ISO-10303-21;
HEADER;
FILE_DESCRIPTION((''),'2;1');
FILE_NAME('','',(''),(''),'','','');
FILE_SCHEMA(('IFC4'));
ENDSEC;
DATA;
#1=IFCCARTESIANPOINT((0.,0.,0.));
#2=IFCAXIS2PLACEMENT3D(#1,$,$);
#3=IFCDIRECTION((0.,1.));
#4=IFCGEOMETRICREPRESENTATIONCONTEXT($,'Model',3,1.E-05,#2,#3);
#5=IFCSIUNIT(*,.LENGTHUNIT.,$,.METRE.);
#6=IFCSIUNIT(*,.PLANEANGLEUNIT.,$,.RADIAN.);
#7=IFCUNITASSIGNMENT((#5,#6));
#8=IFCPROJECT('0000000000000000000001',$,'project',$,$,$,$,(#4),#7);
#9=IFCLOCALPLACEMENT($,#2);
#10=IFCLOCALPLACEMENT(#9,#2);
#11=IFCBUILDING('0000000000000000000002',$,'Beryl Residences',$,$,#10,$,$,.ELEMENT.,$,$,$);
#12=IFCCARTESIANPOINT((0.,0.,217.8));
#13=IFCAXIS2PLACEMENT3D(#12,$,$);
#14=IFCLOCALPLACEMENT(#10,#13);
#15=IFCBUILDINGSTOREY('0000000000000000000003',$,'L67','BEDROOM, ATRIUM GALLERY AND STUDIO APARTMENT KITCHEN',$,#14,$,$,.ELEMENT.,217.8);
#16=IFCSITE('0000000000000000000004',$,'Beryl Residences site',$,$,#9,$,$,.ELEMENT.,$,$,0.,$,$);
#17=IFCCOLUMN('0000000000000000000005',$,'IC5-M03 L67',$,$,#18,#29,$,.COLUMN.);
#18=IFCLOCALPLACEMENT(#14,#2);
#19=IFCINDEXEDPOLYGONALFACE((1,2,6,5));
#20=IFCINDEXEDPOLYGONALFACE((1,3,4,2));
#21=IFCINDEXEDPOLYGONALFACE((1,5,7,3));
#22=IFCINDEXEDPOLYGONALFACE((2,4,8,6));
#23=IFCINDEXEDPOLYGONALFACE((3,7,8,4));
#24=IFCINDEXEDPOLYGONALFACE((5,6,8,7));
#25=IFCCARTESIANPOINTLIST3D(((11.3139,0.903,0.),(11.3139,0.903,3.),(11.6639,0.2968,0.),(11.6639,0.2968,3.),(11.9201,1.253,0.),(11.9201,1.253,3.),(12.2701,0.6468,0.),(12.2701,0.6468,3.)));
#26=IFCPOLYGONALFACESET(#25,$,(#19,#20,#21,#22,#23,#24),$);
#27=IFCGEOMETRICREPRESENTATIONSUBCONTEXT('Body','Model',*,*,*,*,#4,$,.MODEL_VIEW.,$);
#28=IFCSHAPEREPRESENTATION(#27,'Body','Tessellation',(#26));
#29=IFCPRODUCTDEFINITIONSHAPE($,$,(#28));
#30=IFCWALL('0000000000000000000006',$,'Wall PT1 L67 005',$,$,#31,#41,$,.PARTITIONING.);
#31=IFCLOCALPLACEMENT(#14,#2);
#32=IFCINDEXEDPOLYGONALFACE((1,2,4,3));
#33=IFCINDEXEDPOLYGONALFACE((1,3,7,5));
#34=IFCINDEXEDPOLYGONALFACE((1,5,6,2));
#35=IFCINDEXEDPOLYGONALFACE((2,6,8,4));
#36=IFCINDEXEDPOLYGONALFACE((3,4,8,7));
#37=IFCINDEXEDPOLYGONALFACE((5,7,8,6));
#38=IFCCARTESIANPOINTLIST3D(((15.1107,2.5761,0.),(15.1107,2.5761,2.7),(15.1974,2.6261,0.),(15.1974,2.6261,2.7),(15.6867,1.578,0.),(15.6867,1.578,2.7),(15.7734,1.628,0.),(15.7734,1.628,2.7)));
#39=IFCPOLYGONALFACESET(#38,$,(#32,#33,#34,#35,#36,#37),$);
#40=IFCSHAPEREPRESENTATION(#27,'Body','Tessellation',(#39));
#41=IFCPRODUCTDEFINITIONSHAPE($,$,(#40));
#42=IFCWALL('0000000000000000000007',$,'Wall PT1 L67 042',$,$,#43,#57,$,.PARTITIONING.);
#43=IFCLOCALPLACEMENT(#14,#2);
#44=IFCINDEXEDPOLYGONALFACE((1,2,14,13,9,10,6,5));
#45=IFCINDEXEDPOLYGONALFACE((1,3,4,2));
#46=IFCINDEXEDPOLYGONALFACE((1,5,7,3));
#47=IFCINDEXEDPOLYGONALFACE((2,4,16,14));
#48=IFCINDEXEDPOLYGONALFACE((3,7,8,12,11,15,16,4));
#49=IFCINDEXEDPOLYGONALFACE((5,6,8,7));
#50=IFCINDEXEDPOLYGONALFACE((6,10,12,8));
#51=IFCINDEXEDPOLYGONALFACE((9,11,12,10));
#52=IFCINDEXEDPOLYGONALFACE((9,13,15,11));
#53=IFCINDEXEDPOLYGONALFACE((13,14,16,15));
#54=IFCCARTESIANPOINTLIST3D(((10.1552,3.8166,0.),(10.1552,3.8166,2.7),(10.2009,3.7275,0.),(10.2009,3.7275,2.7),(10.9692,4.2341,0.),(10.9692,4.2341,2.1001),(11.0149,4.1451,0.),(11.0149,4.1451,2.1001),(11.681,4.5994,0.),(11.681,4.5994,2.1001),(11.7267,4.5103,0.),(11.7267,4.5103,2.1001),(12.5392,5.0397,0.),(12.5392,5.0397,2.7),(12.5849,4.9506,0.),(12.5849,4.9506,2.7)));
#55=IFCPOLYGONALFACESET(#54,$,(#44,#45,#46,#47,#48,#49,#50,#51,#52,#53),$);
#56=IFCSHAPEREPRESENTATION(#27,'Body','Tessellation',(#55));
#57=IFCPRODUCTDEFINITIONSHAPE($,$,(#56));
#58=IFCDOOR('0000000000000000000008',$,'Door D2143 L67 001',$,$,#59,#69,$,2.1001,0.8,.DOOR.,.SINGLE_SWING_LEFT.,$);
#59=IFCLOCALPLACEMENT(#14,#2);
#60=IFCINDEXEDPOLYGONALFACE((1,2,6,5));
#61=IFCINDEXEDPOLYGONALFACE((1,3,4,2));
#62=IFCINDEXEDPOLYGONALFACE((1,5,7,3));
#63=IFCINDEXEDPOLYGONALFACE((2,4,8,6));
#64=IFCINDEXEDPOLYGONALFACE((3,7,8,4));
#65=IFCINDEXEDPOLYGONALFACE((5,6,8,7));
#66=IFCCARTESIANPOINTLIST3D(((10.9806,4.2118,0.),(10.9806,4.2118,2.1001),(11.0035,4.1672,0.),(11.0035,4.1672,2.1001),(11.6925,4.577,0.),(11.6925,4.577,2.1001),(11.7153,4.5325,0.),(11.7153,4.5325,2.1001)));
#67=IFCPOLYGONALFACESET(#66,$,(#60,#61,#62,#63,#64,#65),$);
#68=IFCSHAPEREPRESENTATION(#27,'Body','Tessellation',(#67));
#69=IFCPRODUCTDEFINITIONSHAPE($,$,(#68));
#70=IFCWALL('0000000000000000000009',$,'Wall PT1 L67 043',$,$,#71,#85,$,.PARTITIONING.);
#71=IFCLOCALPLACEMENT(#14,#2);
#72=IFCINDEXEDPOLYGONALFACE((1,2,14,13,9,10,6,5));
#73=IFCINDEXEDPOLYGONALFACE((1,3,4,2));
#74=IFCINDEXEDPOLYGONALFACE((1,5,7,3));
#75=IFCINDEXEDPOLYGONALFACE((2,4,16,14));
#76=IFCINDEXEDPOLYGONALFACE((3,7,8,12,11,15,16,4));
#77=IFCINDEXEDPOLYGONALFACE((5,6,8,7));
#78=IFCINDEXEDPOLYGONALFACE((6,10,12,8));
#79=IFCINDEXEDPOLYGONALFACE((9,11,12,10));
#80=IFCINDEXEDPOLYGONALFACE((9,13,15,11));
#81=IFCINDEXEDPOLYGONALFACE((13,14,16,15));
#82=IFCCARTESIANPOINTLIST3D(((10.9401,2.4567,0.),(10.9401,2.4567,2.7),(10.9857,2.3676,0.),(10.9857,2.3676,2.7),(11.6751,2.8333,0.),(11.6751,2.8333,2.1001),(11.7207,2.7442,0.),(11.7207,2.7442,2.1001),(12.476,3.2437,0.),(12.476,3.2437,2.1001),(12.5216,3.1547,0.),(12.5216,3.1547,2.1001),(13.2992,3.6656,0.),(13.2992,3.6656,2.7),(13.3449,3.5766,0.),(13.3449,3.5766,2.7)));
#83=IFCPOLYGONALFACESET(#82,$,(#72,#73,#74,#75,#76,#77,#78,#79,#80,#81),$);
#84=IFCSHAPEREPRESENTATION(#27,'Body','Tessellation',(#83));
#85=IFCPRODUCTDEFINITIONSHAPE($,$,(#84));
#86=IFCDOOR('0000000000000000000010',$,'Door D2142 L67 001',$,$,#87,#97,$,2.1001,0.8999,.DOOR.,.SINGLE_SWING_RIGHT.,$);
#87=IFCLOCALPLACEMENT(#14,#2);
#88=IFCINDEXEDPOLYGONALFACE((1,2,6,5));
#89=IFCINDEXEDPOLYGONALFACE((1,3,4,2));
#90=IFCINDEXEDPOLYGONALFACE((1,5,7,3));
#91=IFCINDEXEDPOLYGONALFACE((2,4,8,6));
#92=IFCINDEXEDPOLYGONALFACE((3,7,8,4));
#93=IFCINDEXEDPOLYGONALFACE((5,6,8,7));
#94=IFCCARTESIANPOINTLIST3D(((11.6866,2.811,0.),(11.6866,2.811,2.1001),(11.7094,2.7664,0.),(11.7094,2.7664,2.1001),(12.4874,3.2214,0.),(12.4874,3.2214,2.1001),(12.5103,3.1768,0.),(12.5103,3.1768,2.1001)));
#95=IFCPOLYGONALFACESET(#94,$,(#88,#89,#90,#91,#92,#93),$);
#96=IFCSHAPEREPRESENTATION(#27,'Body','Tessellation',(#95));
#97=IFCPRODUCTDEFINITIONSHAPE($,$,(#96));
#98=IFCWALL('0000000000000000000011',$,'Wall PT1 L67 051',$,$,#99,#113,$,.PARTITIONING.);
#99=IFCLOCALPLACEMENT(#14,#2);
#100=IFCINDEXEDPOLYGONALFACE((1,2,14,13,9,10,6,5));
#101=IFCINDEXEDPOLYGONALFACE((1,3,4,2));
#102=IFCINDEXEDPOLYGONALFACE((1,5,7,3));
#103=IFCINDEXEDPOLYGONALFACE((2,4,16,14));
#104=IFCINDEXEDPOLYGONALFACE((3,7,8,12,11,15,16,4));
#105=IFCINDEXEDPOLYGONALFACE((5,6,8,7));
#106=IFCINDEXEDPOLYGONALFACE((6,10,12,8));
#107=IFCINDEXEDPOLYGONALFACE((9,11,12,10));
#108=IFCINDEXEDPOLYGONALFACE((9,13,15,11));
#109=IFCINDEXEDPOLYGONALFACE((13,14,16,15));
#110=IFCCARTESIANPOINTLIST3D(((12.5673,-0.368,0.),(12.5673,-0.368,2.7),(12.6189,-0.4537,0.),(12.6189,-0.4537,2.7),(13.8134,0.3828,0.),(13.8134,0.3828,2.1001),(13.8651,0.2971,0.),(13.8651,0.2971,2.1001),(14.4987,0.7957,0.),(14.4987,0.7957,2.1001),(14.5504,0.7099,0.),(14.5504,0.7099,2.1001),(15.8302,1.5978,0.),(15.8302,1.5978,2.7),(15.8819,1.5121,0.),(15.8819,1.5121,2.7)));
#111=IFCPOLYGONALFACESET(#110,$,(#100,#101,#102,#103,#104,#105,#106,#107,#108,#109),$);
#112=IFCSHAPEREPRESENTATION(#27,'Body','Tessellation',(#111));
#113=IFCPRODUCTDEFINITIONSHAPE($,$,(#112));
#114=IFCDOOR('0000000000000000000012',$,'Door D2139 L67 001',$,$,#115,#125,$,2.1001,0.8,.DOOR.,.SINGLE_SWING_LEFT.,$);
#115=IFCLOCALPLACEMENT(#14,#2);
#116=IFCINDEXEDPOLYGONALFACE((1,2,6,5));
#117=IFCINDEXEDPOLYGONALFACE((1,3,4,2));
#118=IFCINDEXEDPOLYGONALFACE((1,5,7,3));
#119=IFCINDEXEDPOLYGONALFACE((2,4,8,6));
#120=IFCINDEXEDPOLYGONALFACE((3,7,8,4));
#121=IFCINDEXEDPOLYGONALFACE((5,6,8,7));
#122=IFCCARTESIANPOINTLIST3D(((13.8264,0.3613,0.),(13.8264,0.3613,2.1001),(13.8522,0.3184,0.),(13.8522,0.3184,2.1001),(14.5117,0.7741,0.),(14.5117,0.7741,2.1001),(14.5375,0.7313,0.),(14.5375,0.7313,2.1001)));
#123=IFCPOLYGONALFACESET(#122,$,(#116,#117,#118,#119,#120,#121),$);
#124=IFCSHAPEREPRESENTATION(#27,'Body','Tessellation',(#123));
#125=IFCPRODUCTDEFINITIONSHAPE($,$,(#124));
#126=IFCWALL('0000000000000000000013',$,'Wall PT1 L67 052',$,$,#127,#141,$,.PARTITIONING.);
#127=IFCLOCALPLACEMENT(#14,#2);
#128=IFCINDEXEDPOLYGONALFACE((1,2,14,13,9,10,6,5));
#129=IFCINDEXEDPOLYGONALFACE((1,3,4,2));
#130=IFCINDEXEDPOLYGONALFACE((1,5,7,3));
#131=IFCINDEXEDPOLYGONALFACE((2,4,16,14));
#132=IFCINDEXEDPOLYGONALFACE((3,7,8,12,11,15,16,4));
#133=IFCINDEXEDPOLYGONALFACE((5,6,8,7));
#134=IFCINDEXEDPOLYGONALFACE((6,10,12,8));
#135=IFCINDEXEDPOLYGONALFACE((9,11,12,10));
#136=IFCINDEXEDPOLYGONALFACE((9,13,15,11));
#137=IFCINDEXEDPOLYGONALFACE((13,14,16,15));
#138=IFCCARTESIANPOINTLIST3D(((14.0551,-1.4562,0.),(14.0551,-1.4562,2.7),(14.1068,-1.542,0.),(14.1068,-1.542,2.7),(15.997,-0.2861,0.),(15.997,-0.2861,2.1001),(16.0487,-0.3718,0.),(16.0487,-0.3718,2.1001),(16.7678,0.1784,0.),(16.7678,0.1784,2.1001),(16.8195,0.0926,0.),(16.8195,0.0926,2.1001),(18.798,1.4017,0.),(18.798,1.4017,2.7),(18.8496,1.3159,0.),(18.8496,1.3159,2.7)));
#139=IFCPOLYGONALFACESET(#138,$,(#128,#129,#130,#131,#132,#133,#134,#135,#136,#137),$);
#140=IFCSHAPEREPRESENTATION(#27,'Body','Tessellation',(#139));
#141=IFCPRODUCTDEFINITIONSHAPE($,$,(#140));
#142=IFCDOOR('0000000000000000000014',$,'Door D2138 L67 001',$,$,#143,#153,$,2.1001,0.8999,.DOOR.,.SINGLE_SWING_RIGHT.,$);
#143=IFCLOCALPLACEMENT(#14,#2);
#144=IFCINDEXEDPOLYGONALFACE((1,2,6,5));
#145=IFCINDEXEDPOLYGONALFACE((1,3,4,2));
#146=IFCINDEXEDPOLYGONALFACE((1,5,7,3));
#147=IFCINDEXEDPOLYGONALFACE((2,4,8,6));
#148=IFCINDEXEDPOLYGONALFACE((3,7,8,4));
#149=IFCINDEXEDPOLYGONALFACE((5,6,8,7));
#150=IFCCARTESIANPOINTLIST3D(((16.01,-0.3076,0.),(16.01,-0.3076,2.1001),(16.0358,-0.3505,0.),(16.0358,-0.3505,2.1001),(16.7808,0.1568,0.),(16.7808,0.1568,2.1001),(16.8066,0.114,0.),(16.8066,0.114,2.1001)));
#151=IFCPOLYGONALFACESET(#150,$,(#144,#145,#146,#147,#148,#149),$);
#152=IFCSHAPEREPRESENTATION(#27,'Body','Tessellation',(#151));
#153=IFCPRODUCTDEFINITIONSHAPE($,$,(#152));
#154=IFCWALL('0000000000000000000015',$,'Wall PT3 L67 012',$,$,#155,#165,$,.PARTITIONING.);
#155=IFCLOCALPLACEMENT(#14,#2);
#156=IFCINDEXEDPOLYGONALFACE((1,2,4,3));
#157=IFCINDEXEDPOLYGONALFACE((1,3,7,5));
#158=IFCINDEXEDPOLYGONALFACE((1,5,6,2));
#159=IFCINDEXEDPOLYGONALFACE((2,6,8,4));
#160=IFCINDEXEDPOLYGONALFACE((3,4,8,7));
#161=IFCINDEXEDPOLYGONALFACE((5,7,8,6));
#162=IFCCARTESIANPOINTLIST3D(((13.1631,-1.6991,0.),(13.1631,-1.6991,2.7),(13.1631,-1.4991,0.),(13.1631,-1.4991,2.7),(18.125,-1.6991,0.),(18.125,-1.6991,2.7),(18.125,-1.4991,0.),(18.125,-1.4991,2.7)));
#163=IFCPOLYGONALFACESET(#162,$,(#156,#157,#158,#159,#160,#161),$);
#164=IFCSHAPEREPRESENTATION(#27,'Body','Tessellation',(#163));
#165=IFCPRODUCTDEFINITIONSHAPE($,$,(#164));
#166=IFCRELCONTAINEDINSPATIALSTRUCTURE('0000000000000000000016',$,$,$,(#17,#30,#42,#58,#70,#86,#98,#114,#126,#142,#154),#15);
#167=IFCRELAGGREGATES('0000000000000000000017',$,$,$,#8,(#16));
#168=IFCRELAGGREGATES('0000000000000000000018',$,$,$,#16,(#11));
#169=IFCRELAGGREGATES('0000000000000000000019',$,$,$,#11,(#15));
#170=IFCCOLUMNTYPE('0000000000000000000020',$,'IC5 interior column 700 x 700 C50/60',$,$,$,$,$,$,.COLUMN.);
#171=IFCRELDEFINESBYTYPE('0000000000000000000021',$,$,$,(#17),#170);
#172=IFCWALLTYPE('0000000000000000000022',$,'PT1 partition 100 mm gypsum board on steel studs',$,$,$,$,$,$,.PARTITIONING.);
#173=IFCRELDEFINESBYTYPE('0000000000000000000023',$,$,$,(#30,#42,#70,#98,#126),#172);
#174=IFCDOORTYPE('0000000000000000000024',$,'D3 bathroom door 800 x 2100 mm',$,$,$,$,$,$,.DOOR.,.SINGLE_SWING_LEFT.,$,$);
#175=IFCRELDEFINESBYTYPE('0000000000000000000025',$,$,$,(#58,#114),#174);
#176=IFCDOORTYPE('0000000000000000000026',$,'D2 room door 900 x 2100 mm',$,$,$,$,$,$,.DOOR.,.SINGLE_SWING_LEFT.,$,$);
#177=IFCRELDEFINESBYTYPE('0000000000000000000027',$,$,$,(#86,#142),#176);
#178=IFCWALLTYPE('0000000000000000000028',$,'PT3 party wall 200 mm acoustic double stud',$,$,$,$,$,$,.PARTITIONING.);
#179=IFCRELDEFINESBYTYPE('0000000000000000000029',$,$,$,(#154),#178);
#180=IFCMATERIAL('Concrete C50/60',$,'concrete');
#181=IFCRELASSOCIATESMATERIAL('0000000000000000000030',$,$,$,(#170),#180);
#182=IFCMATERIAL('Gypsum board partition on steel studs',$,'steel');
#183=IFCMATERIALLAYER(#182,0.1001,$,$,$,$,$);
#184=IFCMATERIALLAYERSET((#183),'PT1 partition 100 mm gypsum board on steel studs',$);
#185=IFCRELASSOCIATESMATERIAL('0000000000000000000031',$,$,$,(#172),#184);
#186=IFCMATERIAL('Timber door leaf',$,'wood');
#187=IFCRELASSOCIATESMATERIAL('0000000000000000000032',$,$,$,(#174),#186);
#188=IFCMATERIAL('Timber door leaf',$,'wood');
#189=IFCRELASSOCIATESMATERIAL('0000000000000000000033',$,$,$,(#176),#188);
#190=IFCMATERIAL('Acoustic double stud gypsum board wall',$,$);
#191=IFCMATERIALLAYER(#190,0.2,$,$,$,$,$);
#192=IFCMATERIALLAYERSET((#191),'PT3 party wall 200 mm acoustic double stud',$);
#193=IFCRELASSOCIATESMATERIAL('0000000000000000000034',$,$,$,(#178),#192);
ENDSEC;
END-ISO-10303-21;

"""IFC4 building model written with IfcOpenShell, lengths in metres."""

from ifc_helpers import new_model, si_unit, direction, frame, frame_2d, origin, origin_2d, place, context, subcontext, project, spatial, rectangle, extrude, material, layer, layer_set, material_profile, profile_set, type_object, element, fill, save


model = new_model("IFC4")

# Units and contexts
model_context = context("Model", 3, precision=1e-05, world=origin(), true_north=direction((0.0, 1.0)))
body_context = subcontext(model_context, "Body", "Model", "MODEL_VIEW")
ifc_project = project(units=[si_unit("LENGTHUNIT", "METRE"), si_unit("PLANEANGLEUNIT", "RADIAN")], contexts=[model_context])

# Site, building, storey
site_placement = place(None, origin())
site = spatial("IfcSite", under=ifc_project, at=site_placement, Name="Beryl Residences site", CompositionType="ELEMENT", RefElevation=0.0)
building_placement = place(site_placement, origin())
building = spatial("IfcBuilding", under=site, at=building_placement, Name="Beryl Residences", CompositionType="ELEMENT")
storey_placement = place(building_placement, frame((0.0, 0.0, 217.8)))
storey = spatial("IfcBuildingStorey", under=building, at=storey_placement, Name="L67", Description="BEDROOM, ATRIUM GALLERY AND STUDIO APARTMENT KITCHEN", CompositionType="ELEMENT", Elevation=217.8)

# Column
ifc_material_1 = material(Name="Concrete C50/60", Category="concrete")
ifc_material_profile = material_profile(ifc_material_1, rectangle(XDim=0.7, YDim=0.7, at=origin_2d()))
ifc_profile_set = profile_set([ifc_material_profile], Name="Concrete C50/60")
column_type = type_object("IfcColumnType", Name="IC5 interior column 700 x 700 C50/60", PredefinedType="COLUMN", material=ifc_profile_set)
column_placement = place(storey_placement, frame((11.792, 0.7749, 0.0), z_axis=(0.0, 0.0, 1.0), x_axis=(-0.49997, 0.866043, 0.0)))
element("IfcColumn", 1, at=column_placement, inside=storey, type_object=column_type, Name="IC5-M03 L67", PredefinedType="COLUMN", context=body_context, shape_type="SweptSolid", body=[
    extrude(rectangle(XDim=0.7, YDim=0.7, at=origin_2d()), origin(), (0.0, 0.0, 1.0), 3.0),
])

# Wall
ifc_material_2 = material(Name="Gypsum board partition on steel studs", Category="steel")
ifc_layer_1 = layer(ifc_material_2, 0.1001)
ifc_layer_set_1 = layer_set([ifc_layer_1], Name="PT1 partition 100 mm gypsum board on steel studs")
wall_type_1 = type_object("IfcWallType", Name="PT1 partition 100 mm gypsum board on steel studs", PredefinedType="PARTITIONING", material=ifc_layer_set_1)
wall_1_placement = place(storey_placement, frame((15.1541, 2.6011, 0.0), z_axis=(0.0, 0.0, 1.0), x_axis=(0.499808, -0.866136, 0.0)))
element("IfcWall", 2, at=wall_1_placement, inside=storey, type_object=wall_type_1, Name="Wall PT1 L67 005", PredefinedType="PARTITIONING", context=body_context, shape_type="SweptSolid", body=[
    extrude(rectangle(XDim=1.1523, YDim=0.1001, at=frame_2d((0.5762, 0.0))), origin(), (0.0, 0.0, 1.0), 2.7),
])

# Walls, openings, doors
wall_2_placement = place(storey_placement, frame((10.178, 3.772, 0.0), z_axis=(0.0, 0.0, 1.0), x_axis=(0.889732, 0.456483, 0.0)))
wall_2 = element("IfcWall", 3, at=wall_2_placement, inside=storey, type_object=wall_type_1, Name="Wall PT1 L67 042", PredefinedType="PARTITIONING", context=body_context, shape_type="SweptSolid", body=[
    extrude(rectangle(XDim=2.6794, YDim=0.1001, at=frame_2d((1.3398, 0.0))), origin(), (0.0, 0.0, 1.0), 2.7),
])
opening_1_placement = place(wall_2_placement, frame((0.915, 0.0, 0.0)))
opening_1 = element("IfcOpeningElement", 4, at=opening_1_placement, cuts=wall_2, PredefinedType="OPENING", context=body_context, shape_type="SweptSolid", body=[
    extrude(rectangle(XDim=0.8, YDim=2.1001, at=frame_2d((0.3999, 1.05))), frame((0.0, 0.0601, 0.0), z_axis=(0.0, -1.0, 0.0), x_axis=(1.0, 0.0, 0.0)), (0.0, 0.0, 1.0), 0.1201),
])
ifc_material_3 = material(Name="Timber door leaf", Category="wood")
door_type_1 = type_object("IfcDoorType", Name="D3 bathroom door 800 x 2100 mm", OperationType="SINGLE_SWING_LEFT", PredefinedType="DOOR", material=ifc_material_3)
door_1_placement = place(opening_1_placement, origin())
door_1 = element("IfcDoor", 5, at=door_1_placement, inside=storey, type_object=door_type_1, Name="Door D2143 L67 001", OperationType="SINGLE_SWING_LEFT", OverallHeight=2.1001, OverallWidth=0.8, PredefinedType="DOOR", context=body_context, shape_type="SweptSolid", body=[
    extrude(rectangle(XDim=0.8, YDim=2.1001, at=frame_2d((0.3999, 1.05))), frame((0.0, 0.0249, 0.0), z_axis=(0.0, -1.0, 0.0), x_axis=(1.0, 0.0, 0.0)), (0.0, 0.0, 1.0), 0.05),
])
fill(opening_1, door_1)
wall_3_placement = place(storey_placement, frame((10.9629, 2.4121, 0.0), z_axis=(0.0, 0.0, 1.0), x_axis=(0.889944, 0.45607, 0.0)))
wall_3 = element("IfcWall", 6, at=wall_3_placement, inside=storey, type_object=wall_type_1, Name="Wall PT1 L67 043", PredefinedType="PARTITIONING", context=body_context, shape_type="SweptSolid", body=[
    extrude(rectangle(XDim=2.6509, YDim=0.1001, at=frame_2d((1.3254, 0.0))), origin(), (0.0, 0.0, 1.0), 2.7),
])
opening_2_placement = place(wall_3_placement, frame((0.8259, 0.0, 0.0)))
opening_2 = element("IfcOpeningElement", 7, at=opening_2_placement, cuts=wall_3, PredefinedType="OPENING", context=body_context, shape_type="SweptSolid", body=[
    extrude(rectangle(XDim=0.8999, YDim=2.1001, at=frame_2d((0.45, 1.05))), frame((0.0, 0.0601, 0.0), z_axis=(0.0, -1.0, 0.0), x_axis=(1.0, 0.0, 0.0)), (0.0, 0.0, 1.0), 0.1201),
])
ifc_material_4 = material(Name="Timber door leaf", Category="wood")
door_type_2 = type_object("IfcDoorType", Name="D2 room door 900 x 2100 mm", OperationType="SINGLE_SWING_LEFT", PredefinedType="DOOR", material=ifc_material_4)
door_2_placement = place(opening_2_placement, origin())
door_2 = element("IfcDoor", 8, at=door_2_placement, inside=storey, type_object=door_type_2, Name="Door D2142 L67 001", OperationType="SINGLE_SWING_RIGHT", OverallHeight=2.1001, OverallWidth=0.8999, PredefinedType="DOOR", context=body_context, shape_type="SweptSolid", body=[
    extrude(rectangle(XDim=0.8999, YDim=2.1001, at=frame_2d((0.45, 1.05))), frame((0.0, 0.0249, 0.0), z_axis=(0.0, -1.0, 0.0), x_axis=(1.0, 0.0, 0.0)), (0.0, 0.0, 1.0), 0.05),
])
fill(opening_2, door_2)
wall_4_placement = place(storey_placement, frame((12.593, -0.4109, 0.0), z_axis=(0.0, 0.0, 1.0), x_axis=(0.856558, 0.51605, 0.0)))
wall_4 = element("IfcWall", 9, at=wall_4_placement, inside=storey, type_object=wall_type_1, Name="Wall PT1 L67 051", PredefinedType="PARTITIONING", context=body_context, shape_type="SweptSolid", body=[
    extrude(rectangle(XDim=3.8093, YDim=0.1001, at=frame_2d((1.9048, 0.0))), origin(), (0.0, 0.0, 1.0), 2.7),
])
opening_3_placement = place(wall_4_placement, frame((1.4551, 0.0, 0.0)))
opening_3 = element("IfcOpeningElement", 10, at=opening_3_placement, cuts=wall_4, PredefinedType="OPENING", context=body_context, shape_type="SweptSolid", body=[
    extrude(rectangle(XDim=0.8, YDim=2.1001, at=frame_2d((0.3999, 1.05))), frame((0.0, 0.0601, 0.0), z_axis=(0.0, -1.0, 0.0), x_axis=(1.0, 0.0, 0.0)), (0.0, 0.0, 1.0), 0.1201),
])
door_3_placement = place(opening_3_placement, origin())
door_3 = element("IfcDoor", 11, at=door_3_placement, inside=storey, type_object=door_type_1, Name="Door D2139 L67 001", OperationType="SINGLE_SWING_LEFT", OverallHeight=2.1001, OverallWidth=0.8, PredefinedType="DOOR", context=body_context, shape_type="SweptSolid", body=[
    extrude(rectangle(XDim=0.8, YDim=2.1001, at=frame_2d((0.3999, 1.05))), frame((0.0, 0.0249, 0.0), z_axis=(0.0, -1.0, 0.0), x_axis=(1.0, 0.0, 0.0)), (0.0, 0.0, 1.0), 0.05),
])
fill(opening_3, door_3)
wall_5_placement = place(storey_placement, frame((14.0811, -1.499, 0.0), z_axis=(0.0, 0.0, 1.0), x_axis=(0.856523, 0.516109, 0.0)))
wall_5 = element("IfcWall", 12, at=wall_5_placement, inside=storey, type_object=wall_type_1, Name="Wall PT1 L67 052", PredefinedType="PARTITIONING", context=body_context, shape_type="SweptSolid", body=[
    extrude(rectangle(XDim=5.5374, YDim=0.1001, at=frame_2d((2.7686, 0.0))), origin(), (0.0, 0.0, 1.0), 2.7),
])
opening_4_placement = place(wall_5_placement, frame((2.2671, 0.0, 0.0)))
opening_4 = element("IfcOpeningElement", 13, at=opening_4_placement, cuts=wall_5, PredefinedType="OPENING", context=body_context, shape_type="SweptSolid", body=[
    extrude(rectangle(XDim=0.8999, YDim=2.1001, at=frame_2d((0.45, 1.05))), frame((0.0, 0.0601, 0.0), z_axis=(0.0, -1.0, 0.0), x_axis=(1.0, 0.0, 0.0)), (0.0, 0.0, 1.0), 0.1201),
])
door_4_placement = place(opening_4_placement, origin())
door_4 = element("IfcDoor", 14, at=door_4_placement, inside=storey, type_object=door_type_2, Name="Door D2138 L67 001", OperationType="SINGLE_SWING_RIGHT", OverallHeight=2.1001, OverallWidth=0.8999, PredefinedType="DOOR", context=body_context, shape_type="SweptSolid", body=[
    extrude(rectangle(XDim=0.8999, YDim=2.1001, at=frame_2d((0.45, 1.05))), frame((0.0, 0.0249, 0.0), z_axis=(0.0, -1.0, 0.0), x_axis=(1.0, 0.0, 0.0)), (0.0, 0.0, 1.0), 0.05),
])
fill(opening_4, door_4)

# Wall
ifc_material_5 = material(Name="Acoustic double stud gypsum board wall")
ifc_layer_2 = layer(ifc_material_5, 0.2)
ifc_layer_set_2 = layer_set([ifc_layer_2], Name="PT3 party wall 200 mm acoustic double stud")
wall_type_2 = type_object("IfcWallType", Name="PT3 party wall 200 mm acoustic double stud", PredefinedType="PARTITIONING", material=ifc_layer_set_2)
wall_6_placement = place(storey_placement, frame((13.1631, -1.5991, 0.0), z_axis=(0.0, 0.0, 1.0), x_axis=(1.0, 0.0, 0.0)))
element("IfcWall", 15, at=wall_6_placement, inside=storey, type_object=wall_type_2, Name="Wall PT3 L67 012", PredefinedType="PARTITIONING", context=body_context, shape_type="SweptSolid", body=[
    extrude(rectangle(XDim=4.9619, YDim=0.2, at=frame_2d((2.481, 0.0))), origin(), (0.0, 0.0, 1.0), 2.7),
])

save(model, "model.ifc")
